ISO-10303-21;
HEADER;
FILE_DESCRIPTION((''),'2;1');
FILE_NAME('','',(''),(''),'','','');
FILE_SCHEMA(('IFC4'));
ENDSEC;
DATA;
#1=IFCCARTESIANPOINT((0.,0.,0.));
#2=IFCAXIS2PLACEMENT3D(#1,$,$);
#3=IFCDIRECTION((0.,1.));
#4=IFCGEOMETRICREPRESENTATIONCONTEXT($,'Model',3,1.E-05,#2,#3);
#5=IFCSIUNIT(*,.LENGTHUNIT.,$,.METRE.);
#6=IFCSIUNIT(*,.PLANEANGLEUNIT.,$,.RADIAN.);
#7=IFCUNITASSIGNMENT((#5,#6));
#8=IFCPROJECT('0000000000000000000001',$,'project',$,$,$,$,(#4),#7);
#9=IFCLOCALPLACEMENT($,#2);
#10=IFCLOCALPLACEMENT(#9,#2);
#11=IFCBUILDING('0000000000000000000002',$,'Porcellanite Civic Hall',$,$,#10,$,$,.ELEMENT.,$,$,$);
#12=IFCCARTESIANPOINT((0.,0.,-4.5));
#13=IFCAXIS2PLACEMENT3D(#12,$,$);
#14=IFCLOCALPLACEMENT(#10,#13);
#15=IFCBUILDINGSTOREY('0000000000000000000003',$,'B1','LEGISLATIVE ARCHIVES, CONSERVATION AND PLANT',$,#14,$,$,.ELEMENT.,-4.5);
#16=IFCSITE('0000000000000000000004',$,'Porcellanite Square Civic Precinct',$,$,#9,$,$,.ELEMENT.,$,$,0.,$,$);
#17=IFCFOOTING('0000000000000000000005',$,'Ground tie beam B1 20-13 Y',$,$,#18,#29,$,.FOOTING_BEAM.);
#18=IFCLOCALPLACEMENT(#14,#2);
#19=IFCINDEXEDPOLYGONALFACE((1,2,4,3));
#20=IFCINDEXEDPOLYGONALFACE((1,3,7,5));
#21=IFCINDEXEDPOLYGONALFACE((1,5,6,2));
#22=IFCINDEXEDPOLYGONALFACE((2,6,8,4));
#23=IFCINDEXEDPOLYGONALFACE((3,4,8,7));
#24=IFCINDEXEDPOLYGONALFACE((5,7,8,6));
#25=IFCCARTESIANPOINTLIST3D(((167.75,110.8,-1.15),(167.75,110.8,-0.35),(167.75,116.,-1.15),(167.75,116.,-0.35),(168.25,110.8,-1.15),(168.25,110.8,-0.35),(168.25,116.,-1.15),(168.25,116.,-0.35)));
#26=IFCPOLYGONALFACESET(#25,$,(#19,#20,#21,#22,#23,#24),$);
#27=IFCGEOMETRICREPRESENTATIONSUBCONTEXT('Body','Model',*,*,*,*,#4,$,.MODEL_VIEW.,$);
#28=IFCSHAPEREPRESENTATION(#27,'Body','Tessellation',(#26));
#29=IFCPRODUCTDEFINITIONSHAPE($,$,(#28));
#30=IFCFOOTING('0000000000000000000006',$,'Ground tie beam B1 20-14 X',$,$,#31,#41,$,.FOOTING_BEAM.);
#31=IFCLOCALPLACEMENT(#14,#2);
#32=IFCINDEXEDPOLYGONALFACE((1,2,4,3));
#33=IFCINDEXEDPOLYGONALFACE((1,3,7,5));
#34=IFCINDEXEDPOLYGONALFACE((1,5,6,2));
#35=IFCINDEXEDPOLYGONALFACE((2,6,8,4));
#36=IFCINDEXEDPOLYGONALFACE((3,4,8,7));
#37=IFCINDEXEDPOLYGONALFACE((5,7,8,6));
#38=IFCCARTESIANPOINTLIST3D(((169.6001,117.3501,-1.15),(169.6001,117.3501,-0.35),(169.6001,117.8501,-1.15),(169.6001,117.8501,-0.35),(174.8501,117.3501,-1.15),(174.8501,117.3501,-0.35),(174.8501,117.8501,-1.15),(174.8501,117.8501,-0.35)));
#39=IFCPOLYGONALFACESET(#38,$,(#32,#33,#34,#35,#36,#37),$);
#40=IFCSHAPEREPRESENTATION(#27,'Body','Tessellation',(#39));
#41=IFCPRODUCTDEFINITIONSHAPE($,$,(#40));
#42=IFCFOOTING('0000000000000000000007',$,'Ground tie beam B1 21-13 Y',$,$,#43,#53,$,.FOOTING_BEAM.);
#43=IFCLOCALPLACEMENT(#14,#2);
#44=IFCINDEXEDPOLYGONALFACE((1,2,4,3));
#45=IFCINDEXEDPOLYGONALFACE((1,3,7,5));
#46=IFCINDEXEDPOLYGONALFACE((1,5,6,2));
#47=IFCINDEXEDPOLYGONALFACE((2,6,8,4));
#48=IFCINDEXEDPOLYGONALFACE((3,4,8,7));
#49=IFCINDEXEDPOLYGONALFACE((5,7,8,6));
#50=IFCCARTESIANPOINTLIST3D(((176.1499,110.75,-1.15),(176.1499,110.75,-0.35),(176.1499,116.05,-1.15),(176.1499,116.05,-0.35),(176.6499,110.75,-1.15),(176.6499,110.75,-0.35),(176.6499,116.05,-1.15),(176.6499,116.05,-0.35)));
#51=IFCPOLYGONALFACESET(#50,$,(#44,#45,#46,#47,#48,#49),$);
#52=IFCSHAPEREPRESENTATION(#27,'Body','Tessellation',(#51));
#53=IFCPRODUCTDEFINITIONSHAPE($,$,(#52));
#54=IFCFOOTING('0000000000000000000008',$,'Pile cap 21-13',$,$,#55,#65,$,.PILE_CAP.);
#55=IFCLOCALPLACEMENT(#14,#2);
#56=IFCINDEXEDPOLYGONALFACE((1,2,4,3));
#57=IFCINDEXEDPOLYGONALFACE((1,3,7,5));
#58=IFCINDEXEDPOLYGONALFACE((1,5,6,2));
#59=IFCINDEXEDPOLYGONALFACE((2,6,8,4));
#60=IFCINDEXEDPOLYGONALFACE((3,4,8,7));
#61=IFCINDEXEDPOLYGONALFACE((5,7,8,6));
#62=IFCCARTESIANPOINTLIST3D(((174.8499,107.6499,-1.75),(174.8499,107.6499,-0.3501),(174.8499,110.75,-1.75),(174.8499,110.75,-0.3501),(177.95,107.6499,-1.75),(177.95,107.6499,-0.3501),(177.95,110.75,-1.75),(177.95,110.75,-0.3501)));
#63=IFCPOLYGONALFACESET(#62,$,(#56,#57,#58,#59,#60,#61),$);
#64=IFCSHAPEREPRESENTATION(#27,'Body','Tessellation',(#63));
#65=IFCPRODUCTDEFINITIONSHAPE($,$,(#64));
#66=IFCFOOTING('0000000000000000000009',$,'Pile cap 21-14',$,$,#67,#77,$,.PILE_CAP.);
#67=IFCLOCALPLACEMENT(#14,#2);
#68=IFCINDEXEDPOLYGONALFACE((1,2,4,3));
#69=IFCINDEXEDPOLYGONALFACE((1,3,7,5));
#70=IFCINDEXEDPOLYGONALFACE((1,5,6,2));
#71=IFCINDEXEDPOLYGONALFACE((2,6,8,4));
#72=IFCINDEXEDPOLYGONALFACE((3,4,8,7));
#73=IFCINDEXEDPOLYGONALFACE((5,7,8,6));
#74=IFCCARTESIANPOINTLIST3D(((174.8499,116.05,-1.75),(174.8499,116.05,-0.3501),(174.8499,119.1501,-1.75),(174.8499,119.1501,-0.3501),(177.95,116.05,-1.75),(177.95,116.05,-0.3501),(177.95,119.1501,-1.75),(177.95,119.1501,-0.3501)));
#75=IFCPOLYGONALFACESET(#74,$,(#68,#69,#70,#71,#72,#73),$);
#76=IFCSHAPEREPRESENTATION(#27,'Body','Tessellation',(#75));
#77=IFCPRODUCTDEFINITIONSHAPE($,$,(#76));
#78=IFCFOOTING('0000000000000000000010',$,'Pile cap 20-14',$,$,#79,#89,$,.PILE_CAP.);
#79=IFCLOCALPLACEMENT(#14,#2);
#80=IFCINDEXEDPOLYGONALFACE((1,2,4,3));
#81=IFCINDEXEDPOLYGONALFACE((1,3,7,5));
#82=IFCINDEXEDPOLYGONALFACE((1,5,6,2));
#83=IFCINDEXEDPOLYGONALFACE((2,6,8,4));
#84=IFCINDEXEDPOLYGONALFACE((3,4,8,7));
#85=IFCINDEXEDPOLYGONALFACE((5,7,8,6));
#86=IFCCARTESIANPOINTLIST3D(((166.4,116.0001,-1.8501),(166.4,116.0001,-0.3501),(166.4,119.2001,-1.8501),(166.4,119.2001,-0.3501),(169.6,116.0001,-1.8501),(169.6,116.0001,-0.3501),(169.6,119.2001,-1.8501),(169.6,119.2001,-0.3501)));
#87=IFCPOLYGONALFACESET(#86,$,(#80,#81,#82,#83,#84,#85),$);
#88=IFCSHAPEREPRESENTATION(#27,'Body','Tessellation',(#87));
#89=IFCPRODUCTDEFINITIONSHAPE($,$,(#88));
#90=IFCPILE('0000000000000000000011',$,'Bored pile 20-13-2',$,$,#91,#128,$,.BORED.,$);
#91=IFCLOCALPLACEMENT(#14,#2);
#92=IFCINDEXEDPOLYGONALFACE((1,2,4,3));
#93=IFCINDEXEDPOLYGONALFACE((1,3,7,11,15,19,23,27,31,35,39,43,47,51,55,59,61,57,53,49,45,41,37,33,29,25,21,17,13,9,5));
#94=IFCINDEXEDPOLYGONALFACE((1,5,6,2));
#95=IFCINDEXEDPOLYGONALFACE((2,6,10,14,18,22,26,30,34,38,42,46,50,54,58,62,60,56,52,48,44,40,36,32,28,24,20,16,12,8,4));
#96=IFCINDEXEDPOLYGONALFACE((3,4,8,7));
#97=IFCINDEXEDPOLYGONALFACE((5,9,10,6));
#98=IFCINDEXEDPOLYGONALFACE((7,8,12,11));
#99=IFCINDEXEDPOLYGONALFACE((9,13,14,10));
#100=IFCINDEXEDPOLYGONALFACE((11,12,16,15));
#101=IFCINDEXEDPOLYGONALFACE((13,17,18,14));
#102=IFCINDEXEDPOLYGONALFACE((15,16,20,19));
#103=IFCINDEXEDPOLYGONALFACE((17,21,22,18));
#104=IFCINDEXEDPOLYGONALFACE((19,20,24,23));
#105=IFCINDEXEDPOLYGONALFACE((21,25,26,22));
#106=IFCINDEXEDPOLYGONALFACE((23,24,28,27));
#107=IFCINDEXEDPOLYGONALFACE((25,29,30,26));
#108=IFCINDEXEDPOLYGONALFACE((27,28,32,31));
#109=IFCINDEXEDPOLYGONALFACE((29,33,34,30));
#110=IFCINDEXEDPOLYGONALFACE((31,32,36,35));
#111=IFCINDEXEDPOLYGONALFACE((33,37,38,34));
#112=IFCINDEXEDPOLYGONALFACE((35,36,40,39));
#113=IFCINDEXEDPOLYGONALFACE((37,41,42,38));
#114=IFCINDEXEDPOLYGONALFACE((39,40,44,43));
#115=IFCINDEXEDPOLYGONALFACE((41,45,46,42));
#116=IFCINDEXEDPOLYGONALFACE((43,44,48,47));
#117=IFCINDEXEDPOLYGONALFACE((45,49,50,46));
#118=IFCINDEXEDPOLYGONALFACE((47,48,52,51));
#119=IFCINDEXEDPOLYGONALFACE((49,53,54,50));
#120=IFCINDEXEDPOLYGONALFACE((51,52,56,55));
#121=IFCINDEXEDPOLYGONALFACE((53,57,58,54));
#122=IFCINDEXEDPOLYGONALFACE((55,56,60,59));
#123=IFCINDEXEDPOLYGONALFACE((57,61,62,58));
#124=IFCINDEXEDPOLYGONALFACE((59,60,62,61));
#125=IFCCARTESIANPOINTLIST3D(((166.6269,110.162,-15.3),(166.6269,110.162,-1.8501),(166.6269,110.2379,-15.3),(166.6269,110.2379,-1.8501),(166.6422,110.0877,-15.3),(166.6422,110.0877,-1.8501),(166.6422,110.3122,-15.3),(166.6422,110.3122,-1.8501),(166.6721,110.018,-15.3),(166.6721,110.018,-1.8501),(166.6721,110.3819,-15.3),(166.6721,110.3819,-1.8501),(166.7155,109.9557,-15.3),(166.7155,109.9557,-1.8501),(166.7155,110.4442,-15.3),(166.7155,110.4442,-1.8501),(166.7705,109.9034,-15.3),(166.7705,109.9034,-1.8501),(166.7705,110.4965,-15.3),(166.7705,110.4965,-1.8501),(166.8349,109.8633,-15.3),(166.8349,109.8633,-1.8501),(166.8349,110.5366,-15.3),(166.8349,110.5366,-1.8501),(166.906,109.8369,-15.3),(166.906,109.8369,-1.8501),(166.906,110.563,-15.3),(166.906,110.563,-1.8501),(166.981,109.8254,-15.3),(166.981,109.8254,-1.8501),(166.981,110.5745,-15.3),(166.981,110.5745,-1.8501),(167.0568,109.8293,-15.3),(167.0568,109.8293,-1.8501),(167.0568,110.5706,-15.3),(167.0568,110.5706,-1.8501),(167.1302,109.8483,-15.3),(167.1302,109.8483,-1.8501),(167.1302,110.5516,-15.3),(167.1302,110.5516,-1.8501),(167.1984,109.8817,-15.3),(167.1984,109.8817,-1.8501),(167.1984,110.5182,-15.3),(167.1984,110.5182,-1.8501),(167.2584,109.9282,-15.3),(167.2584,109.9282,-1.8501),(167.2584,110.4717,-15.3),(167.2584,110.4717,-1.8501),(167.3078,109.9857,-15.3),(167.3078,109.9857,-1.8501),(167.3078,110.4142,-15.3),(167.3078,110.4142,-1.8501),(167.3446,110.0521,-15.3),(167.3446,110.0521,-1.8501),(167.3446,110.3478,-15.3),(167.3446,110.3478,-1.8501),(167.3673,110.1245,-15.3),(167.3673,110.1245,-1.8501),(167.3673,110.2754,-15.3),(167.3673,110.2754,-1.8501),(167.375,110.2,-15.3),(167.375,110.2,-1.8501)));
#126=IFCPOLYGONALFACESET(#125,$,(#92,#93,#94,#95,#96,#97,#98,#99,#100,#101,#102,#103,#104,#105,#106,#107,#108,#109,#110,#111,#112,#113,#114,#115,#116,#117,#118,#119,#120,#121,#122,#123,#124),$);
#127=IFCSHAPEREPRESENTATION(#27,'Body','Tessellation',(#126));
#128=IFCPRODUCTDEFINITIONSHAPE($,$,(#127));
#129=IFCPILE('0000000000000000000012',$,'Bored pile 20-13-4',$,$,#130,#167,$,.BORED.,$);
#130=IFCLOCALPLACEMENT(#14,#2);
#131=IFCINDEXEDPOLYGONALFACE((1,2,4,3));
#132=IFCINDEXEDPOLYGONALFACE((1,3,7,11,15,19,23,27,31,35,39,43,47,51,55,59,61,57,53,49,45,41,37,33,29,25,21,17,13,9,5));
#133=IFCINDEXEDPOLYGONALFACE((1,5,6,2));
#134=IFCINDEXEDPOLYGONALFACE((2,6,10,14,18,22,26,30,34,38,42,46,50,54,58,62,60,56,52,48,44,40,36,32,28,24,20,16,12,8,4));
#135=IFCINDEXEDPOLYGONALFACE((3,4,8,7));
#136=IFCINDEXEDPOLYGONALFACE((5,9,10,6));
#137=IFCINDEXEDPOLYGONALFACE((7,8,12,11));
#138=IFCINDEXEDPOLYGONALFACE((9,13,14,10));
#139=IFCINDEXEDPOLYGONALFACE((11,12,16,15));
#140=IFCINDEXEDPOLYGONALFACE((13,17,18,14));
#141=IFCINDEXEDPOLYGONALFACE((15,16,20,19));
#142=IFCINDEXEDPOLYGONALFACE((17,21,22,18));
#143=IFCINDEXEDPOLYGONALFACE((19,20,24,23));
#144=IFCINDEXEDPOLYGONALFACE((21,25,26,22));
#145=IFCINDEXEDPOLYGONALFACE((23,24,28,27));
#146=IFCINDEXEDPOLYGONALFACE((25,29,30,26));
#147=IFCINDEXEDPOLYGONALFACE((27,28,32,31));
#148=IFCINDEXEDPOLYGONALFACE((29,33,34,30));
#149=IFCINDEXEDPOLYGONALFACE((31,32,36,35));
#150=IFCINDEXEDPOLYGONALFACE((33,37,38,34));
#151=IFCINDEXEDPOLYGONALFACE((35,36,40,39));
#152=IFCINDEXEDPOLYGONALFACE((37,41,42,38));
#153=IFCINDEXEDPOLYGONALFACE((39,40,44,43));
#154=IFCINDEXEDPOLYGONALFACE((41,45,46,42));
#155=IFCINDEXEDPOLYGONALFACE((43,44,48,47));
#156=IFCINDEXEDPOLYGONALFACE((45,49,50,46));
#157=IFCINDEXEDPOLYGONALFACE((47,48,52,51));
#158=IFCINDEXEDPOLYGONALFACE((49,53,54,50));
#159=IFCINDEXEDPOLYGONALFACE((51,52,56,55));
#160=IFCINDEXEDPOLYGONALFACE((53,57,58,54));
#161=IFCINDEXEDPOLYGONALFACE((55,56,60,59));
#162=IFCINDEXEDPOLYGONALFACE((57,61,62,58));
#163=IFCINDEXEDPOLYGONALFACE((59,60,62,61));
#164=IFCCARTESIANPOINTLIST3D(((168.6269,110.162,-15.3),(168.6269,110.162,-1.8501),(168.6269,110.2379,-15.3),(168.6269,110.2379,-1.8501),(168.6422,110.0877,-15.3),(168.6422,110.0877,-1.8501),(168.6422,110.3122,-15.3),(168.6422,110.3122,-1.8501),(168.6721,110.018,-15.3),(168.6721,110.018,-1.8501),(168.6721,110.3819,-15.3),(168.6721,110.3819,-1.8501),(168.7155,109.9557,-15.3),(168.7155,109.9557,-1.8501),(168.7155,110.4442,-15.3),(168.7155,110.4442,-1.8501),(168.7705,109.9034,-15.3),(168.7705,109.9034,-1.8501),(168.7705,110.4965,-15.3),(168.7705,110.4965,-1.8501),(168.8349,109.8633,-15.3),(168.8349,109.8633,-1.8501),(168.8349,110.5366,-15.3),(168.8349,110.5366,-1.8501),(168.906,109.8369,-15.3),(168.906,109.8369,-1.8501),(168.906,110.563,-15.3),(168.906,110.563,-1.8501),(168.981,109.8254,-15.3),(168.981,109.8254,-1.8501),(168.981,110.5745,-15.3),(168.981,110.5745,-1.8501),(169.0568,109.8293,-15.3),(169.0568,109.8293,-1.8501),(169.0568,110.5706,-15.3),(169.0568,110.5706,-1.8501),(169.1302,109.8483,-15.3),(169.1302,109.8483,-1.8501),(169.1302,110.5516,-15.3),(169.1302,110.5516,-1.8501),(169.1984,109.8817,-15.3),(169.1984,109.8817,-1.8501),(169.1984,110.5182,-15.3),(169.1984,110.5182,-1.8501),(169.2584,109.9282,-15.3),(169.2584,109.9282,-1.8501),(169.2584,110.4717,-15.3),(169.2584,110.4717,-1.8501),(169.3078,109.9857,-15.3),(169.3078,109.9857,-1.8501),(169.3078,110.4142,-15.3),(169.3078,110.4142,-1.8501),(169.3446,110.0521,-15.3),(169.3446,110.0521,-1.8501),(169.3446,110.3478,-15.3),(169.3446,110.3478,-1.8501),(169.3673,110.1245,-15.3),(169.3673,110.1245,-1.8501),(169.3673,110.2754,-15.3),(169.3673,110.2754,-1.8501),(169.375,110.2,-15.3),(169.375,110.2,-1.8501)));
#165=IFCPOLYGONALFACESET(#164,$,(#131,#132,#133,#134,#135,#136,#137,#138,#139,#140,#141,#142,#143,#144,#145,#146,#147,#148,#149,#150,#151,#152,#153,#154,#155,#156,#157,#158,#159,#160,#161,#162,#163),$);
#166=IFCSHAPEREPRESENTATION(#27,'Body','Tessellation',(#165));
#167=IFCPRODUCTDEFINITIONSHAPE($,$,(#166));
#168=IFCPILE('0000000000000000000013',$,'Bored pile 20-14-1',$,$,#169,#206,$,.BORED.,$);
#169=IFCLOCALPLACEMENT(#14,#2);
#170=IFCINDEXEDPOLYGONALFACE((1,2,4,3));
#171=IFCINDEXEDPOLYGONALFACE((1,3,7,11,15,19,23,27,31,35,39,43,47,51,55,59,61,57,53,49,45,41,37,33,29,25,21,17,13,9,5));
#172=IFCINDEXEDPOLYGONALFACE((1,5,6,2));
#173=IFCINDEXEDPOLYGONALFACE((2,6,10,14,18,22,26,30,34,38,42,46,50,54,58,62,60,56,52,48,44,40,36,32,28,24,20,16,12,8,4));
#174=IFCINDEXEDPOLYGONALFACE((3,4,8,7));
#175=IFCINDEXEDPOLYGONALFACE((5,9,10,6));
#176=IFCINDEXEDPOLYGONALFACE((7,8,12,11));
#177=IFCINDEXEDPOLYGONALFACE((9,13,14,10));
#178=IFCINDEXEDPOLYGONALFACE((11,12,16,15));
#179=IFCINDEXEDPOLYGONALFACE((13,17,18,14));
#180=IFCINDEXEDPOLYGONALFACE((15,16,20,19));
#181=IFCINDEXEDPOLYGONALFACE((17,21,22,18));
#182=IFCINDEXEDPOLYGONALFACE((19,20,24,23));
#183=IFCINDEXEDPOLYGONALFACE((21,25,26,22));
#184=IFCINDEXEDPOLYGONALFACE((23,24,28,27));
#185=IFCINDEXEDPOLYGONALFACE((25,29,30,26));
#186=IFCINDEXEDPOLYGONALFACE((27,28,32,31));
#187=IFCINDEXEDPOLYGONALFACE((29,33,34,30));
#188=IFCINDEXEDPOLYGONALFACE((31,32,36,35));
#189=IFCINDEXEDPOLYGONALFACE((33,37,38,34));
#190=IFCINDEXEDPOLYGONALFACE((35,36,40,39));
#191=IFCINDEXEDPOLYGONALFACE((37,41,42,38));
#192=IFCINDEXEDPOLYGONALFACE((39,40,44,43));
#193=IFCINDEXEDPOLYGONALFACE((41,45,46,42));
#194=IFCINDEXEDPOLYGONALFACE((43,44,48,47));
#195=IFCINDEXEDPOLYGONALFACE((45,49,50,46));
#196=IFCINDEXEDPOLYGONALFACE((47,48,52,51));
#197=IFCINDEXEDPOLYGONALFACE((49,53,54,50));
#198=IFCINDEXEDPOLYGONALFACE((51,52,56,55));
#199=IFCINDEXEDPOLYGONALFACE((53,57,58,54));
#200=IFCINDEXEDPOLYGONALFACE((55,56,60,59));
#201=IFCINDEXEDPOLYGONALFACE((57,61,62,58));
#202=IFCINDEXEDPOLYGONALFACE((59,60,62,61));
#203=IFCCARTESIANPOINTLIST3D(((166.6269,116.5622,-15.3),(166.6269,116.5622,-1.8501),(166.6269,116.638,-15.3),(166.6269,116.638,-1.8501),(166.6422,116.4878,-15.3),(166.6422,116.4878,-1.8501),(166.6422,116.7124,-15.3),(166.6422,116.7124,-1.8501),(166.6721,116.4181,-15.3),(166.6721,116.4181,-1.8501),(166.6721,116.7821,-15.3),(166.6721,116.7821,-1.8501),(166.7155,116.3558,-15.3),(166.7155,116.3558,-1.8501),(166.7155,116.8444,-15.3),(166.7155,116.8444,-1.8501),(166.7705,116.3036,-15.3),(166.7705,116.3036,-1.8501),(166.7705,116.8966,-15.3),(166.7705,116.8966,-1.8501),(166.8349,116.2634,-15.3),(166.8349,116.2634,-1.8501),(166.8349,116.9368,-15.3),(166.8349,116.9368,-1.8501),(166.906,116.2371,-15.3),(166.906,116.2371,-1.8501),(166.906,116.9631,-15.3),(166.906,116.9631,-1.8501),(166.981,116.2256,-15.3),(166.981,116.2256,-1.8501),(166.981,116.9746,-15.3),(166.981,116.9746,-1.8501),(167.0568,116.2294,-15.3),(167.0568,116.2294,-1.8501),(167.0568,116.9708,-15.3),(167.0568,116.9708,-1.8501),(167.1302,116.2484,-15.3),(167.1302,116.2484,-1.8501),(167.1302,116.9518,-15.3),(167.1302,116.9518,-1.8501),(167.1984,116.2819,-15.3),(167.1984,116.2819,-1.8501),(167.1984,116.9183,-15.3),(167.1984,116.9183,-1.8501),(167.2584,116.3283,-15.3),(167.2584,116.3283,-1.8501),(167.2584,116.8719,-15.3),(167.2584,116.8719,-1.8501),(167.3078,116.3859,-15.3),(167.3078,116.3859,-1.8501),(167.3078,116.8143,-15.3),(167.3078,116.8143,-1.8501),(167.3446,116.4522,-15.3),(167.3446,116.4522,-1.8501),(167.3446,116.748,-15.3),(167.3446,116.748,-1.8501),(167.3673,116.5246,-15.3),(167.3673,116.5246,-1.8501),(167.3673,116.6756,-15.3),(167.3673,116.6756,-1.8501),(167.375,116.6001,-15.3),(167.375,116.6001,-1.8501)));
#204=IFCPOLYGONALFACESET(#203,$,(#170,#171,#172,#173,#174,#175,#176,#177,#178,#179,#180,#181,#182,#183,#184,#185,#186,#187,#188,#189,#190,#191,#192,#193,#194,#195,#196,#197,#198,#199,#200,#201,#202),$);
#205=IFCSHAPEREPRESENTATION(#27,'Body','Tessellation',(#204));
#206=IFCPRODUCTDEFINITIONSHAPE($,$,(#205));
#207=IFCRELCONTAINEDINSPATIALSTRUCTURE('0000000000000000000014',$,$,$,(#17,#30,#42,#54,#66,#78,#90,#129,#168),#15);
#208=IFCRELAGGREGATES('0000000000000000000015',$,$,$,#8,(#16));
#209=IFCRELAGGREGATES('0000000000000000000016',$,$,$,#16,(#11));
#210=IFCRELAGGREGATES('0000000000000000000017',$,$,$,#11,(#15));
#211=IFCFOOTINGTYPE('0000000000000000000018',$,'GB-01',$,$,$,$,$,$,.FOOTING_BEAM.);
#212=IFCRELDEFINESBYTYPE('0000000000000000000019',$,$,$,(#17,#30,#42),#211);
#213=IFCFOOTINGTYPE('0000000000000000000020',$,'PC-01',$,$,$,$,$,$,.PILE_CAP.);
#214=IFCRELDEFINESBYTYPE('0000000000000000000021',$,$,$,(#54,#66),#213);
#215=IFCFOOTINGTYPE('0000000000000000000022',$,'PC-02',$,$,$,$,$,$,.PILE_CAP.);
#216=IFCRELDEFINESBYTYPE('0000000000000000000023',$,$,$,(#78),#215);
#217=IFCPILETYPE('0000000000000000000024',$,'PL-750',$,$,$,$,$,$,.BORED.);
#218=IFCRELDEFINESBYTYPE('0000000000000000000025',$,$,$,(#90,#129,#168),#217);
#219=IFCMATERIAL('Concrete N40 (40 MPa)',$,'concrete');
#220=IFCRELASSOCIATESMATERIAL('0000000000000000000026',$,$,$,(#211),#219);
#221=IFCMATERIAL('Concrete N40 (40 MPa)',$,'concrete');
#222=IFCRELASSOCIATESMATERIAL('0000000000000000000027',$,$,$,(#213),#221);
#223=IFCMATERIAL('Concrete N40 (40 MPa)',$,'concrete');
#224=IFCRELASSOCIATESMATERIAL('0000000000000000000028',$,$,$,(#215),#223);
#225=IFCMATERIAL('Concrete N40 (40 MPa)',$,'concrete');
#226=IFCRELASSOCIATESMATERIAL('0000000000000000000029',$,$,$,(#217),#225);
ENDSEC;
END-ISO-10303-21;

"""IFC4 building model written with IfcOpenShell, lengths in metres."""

from ifc_helpers import new_model, si_unit, direction, frame, origin, origin_2d, place, context, subcontext, project, spatial, rectangle, circle, extrude, material, material_profile, profile_set, type_object, element, save


model = new_model("IFC4")

# Units and contexts
model_context = context("Model", 3, precision=1e-05, world=origin(), true_north=direction((0.0, 1.0)))
body_context = subcontext(model_context, "Body", "Model", "MODEL_VIEW")
ifc_project = project(units=[si_unit("LENGTHUNIT", "METRE"), si_unit("PLANEANGLEUNIT", "RADIAN")], contexts=[model_context])

# Site, building, storey
site_placement = place(None, origin())
site = spatial("IfcSite", under=ifc_project, at=site_placement, Name="Porcellanite Square Civic Precinct", CompositionType="ELEMENT", RefElevation=0.0)
building_placement = place(site_placement, origin())
building = spatial("IfcBuilding", under=site, at=building_placement, Name="Porcellanite Civic Hall", CompositionType="ELEMENT")
storey_placement = place(building_placement, frame((0.0, 0.0, -4.5)))
storey = spatial("IfcBuildingStorey", under=building, at=storey_placement, Name="B1", Description="LEGISLATIVE ARCHIVES, CONSERVATION AND PLANT", CompositionType="ELEMENT", Elevation=-4.5)

# Footings
ifc_material_1 = material(Name="Concrete N40 (40 MPa)", Category="concrete")
ifc_material_profile_1 = material_profile(ifc_material_1, rectangle(XDim=0.5, YDim=0.8, at=origin_2d()), Name="RC-500x800")
ifc_profile_set_1 = profile_set([ifc_material_profile_1], Name="Concrete N40 (40 MPa)")
footing_type_1 = type_object("IfcFootingType", Name="GB-01", PredefinedType="FOOTING_BEAM", material=ifc_profile_set_1)
footing_1_placement = place(storey_placement, frame((168.0, 110.8, -0.75), z_axis=(0.0, 1.0, 0.0), x_axis=(-1.0, 0.0, 0.0)))
element("IfcFooting", 1, at=footing_1_placement, inside=storey, type_object=footing_type_1, Name="Ground tie beam B1 20-13 Y", PredefinedType="FOOTING_BEAM", context=body_context, shape_type="SweptSolid", body=[
    extrude(rectangle(XDim=0.5, YDim=0.8, at=origin_2d()), origin(), (0.0, 0.0, 1.0), 5.2),
])
footing_2_placement = place(storey_placement, frame((169.6001, 117.6001, -0.75), z_axis=(1.0, 0.0, 0.0), x_axis=(0.0, 1.0, 0.0)))
element("IfcFooting", 2, at=footing_2_placement, inside=storey, type_object=footing_type_1, Name="Ground tie beam B1 20-14 X", PredefinedType="FOOTING_BEAM", context=body_context, shape_type="SweptSolid", body=[
    extrude(rectangle(XDim=0.5, YDim=0.8, at=origin_2d()), origin(), (0.0, 0.0, 1.0), 5.25),
])
footing_3_placement = place(storey_placement, frame((176.3999, 110.75, -0.75), z_axis=(0.0, 1.0, 0.0), x_axis=(-1.0, 0.0, 0.0)))
element("IfcFooting", 3, at=footing_3_placement, inside=storey, type_object=footing_type_1, Name="Ground tie beam B1 21-13 Y", PredefinedType="FOOTING_BEAM", context=body_context, shape_type="SweptSolid", body=[
    extrude(rectangle(XDim=0.5, YDim=0.8, at=origin_2d()), origin(), (0.0, 0.0, 1.0), 5.3),
])
ifc_material_2 = material(Name="Concrete N40 (40 MPa)", Category="concrete")
footing_type_2 = type_object("IfcFootingType", Name="PC-01", PredefinedType="PILE_CAP", material=ifc_material_2)
for number, where, z_axis, x_axis, name in (
    (4, (176.3999, 109.2, -1.75), (0.0, 0.0, 1.0), (1.0, 0.0, 0.0), "Pile cap 21-13"),
    (5, (176.3999, 117.6001, -1.75), (0.0, 0.0, 1.0), (1.0, 0.0, 0.0), "Pile cap 21-14"),
):
    element("IfcFooting", number, at=place(storey_placement, frame(where, z_axis=z_axis, x_axis=x_axis)), inside=storey, type_object=footing_type_2, Name=name, PredefinedType="PILE_CAP", context=body_context, shape_type="SweptSolid", body=[
        extrude(rectangle(XDim=3.1001, YDim=3.1001, at=origin_2d()), origin(), (0.0, 0.0, 1.0), 1.3999),
    ])
ifc_material_3 = material(Name="Concrete N40 (40 MPa)", Category="concrete")
footing_type_3 = type_object("IfcFootingType", Name="PC-02", PredefinedType="PILE_CAP", material=ifc_material_3)
footing_4_placement = place(storey_placement, frame((168.0, 117.6001, -1.8501), z_axis=(0.0, 0.0, 1.0), x_axis=(1.0, 0.0, 0.0)))
element("IfcFooting", 6, at=footing_4_placement, inside=storey, type_object=footing_type_3, Name="Pile cap 20-14", PredefinedType="PILE_CAP", context=body_context, shape_type="SweptSolid", body=[
    extrude(rectangle(XDim=3.2, YDim=3.2, at=origin_2d()), origin(), (0.0, 0.0, 1.0), 1.5),
])

# Piles
ifc_material_4 = material(Name="Concrete N40 (40 MPa)", Category="concrete")
ifc_material_profile_2 = material_profile(ifc_material_4, circle(Radius=0.375, at=origin_2d()), Name="PILE-D750")
ifc_profile_set_2 = profile_set([ifc_material_profile_2], Name="Concrete N40 (40 MPa)")
pile_type = type_object("IfcPileType", Name="PL-750", PredefinedType="BORED", material=ifc_profile_set_2)
for number, where, z_axis, x_axis, name in (
    (7, (167.0, 110.2, -1.8501), (0.0, 0.0, -1.0), (1.0, 0.0, 0.0), "Bored pile 20-13-2"),
    (8, (169.0, 110.2, -1.8501), (0.0, 0.0, -1.0), (1.0, 0.0, 0.0), "Bored pile 20-13-4"),
    (9, (167.0, 116.6001, -1.8501), (0.0, 0.0, -1.0), (1.0, 0.0, 0.0), "Bored pile 20-14-1"),
):
    element("IfcPile", number, at=place(storey_placement, frame(where, z_axis=z_axis, x_axis=x_axis)), inside=storey, type_object=pile_type, Name=name, PredefinedType="BORED", context=body_context, shape_type="SweptSolid", body=[
        extrude(circle(Radius=0.375, at=origin_2d()), origin(), (0.0, 0.0, 1.0), 13.45),
    ])

save(model, "model.ifc")
